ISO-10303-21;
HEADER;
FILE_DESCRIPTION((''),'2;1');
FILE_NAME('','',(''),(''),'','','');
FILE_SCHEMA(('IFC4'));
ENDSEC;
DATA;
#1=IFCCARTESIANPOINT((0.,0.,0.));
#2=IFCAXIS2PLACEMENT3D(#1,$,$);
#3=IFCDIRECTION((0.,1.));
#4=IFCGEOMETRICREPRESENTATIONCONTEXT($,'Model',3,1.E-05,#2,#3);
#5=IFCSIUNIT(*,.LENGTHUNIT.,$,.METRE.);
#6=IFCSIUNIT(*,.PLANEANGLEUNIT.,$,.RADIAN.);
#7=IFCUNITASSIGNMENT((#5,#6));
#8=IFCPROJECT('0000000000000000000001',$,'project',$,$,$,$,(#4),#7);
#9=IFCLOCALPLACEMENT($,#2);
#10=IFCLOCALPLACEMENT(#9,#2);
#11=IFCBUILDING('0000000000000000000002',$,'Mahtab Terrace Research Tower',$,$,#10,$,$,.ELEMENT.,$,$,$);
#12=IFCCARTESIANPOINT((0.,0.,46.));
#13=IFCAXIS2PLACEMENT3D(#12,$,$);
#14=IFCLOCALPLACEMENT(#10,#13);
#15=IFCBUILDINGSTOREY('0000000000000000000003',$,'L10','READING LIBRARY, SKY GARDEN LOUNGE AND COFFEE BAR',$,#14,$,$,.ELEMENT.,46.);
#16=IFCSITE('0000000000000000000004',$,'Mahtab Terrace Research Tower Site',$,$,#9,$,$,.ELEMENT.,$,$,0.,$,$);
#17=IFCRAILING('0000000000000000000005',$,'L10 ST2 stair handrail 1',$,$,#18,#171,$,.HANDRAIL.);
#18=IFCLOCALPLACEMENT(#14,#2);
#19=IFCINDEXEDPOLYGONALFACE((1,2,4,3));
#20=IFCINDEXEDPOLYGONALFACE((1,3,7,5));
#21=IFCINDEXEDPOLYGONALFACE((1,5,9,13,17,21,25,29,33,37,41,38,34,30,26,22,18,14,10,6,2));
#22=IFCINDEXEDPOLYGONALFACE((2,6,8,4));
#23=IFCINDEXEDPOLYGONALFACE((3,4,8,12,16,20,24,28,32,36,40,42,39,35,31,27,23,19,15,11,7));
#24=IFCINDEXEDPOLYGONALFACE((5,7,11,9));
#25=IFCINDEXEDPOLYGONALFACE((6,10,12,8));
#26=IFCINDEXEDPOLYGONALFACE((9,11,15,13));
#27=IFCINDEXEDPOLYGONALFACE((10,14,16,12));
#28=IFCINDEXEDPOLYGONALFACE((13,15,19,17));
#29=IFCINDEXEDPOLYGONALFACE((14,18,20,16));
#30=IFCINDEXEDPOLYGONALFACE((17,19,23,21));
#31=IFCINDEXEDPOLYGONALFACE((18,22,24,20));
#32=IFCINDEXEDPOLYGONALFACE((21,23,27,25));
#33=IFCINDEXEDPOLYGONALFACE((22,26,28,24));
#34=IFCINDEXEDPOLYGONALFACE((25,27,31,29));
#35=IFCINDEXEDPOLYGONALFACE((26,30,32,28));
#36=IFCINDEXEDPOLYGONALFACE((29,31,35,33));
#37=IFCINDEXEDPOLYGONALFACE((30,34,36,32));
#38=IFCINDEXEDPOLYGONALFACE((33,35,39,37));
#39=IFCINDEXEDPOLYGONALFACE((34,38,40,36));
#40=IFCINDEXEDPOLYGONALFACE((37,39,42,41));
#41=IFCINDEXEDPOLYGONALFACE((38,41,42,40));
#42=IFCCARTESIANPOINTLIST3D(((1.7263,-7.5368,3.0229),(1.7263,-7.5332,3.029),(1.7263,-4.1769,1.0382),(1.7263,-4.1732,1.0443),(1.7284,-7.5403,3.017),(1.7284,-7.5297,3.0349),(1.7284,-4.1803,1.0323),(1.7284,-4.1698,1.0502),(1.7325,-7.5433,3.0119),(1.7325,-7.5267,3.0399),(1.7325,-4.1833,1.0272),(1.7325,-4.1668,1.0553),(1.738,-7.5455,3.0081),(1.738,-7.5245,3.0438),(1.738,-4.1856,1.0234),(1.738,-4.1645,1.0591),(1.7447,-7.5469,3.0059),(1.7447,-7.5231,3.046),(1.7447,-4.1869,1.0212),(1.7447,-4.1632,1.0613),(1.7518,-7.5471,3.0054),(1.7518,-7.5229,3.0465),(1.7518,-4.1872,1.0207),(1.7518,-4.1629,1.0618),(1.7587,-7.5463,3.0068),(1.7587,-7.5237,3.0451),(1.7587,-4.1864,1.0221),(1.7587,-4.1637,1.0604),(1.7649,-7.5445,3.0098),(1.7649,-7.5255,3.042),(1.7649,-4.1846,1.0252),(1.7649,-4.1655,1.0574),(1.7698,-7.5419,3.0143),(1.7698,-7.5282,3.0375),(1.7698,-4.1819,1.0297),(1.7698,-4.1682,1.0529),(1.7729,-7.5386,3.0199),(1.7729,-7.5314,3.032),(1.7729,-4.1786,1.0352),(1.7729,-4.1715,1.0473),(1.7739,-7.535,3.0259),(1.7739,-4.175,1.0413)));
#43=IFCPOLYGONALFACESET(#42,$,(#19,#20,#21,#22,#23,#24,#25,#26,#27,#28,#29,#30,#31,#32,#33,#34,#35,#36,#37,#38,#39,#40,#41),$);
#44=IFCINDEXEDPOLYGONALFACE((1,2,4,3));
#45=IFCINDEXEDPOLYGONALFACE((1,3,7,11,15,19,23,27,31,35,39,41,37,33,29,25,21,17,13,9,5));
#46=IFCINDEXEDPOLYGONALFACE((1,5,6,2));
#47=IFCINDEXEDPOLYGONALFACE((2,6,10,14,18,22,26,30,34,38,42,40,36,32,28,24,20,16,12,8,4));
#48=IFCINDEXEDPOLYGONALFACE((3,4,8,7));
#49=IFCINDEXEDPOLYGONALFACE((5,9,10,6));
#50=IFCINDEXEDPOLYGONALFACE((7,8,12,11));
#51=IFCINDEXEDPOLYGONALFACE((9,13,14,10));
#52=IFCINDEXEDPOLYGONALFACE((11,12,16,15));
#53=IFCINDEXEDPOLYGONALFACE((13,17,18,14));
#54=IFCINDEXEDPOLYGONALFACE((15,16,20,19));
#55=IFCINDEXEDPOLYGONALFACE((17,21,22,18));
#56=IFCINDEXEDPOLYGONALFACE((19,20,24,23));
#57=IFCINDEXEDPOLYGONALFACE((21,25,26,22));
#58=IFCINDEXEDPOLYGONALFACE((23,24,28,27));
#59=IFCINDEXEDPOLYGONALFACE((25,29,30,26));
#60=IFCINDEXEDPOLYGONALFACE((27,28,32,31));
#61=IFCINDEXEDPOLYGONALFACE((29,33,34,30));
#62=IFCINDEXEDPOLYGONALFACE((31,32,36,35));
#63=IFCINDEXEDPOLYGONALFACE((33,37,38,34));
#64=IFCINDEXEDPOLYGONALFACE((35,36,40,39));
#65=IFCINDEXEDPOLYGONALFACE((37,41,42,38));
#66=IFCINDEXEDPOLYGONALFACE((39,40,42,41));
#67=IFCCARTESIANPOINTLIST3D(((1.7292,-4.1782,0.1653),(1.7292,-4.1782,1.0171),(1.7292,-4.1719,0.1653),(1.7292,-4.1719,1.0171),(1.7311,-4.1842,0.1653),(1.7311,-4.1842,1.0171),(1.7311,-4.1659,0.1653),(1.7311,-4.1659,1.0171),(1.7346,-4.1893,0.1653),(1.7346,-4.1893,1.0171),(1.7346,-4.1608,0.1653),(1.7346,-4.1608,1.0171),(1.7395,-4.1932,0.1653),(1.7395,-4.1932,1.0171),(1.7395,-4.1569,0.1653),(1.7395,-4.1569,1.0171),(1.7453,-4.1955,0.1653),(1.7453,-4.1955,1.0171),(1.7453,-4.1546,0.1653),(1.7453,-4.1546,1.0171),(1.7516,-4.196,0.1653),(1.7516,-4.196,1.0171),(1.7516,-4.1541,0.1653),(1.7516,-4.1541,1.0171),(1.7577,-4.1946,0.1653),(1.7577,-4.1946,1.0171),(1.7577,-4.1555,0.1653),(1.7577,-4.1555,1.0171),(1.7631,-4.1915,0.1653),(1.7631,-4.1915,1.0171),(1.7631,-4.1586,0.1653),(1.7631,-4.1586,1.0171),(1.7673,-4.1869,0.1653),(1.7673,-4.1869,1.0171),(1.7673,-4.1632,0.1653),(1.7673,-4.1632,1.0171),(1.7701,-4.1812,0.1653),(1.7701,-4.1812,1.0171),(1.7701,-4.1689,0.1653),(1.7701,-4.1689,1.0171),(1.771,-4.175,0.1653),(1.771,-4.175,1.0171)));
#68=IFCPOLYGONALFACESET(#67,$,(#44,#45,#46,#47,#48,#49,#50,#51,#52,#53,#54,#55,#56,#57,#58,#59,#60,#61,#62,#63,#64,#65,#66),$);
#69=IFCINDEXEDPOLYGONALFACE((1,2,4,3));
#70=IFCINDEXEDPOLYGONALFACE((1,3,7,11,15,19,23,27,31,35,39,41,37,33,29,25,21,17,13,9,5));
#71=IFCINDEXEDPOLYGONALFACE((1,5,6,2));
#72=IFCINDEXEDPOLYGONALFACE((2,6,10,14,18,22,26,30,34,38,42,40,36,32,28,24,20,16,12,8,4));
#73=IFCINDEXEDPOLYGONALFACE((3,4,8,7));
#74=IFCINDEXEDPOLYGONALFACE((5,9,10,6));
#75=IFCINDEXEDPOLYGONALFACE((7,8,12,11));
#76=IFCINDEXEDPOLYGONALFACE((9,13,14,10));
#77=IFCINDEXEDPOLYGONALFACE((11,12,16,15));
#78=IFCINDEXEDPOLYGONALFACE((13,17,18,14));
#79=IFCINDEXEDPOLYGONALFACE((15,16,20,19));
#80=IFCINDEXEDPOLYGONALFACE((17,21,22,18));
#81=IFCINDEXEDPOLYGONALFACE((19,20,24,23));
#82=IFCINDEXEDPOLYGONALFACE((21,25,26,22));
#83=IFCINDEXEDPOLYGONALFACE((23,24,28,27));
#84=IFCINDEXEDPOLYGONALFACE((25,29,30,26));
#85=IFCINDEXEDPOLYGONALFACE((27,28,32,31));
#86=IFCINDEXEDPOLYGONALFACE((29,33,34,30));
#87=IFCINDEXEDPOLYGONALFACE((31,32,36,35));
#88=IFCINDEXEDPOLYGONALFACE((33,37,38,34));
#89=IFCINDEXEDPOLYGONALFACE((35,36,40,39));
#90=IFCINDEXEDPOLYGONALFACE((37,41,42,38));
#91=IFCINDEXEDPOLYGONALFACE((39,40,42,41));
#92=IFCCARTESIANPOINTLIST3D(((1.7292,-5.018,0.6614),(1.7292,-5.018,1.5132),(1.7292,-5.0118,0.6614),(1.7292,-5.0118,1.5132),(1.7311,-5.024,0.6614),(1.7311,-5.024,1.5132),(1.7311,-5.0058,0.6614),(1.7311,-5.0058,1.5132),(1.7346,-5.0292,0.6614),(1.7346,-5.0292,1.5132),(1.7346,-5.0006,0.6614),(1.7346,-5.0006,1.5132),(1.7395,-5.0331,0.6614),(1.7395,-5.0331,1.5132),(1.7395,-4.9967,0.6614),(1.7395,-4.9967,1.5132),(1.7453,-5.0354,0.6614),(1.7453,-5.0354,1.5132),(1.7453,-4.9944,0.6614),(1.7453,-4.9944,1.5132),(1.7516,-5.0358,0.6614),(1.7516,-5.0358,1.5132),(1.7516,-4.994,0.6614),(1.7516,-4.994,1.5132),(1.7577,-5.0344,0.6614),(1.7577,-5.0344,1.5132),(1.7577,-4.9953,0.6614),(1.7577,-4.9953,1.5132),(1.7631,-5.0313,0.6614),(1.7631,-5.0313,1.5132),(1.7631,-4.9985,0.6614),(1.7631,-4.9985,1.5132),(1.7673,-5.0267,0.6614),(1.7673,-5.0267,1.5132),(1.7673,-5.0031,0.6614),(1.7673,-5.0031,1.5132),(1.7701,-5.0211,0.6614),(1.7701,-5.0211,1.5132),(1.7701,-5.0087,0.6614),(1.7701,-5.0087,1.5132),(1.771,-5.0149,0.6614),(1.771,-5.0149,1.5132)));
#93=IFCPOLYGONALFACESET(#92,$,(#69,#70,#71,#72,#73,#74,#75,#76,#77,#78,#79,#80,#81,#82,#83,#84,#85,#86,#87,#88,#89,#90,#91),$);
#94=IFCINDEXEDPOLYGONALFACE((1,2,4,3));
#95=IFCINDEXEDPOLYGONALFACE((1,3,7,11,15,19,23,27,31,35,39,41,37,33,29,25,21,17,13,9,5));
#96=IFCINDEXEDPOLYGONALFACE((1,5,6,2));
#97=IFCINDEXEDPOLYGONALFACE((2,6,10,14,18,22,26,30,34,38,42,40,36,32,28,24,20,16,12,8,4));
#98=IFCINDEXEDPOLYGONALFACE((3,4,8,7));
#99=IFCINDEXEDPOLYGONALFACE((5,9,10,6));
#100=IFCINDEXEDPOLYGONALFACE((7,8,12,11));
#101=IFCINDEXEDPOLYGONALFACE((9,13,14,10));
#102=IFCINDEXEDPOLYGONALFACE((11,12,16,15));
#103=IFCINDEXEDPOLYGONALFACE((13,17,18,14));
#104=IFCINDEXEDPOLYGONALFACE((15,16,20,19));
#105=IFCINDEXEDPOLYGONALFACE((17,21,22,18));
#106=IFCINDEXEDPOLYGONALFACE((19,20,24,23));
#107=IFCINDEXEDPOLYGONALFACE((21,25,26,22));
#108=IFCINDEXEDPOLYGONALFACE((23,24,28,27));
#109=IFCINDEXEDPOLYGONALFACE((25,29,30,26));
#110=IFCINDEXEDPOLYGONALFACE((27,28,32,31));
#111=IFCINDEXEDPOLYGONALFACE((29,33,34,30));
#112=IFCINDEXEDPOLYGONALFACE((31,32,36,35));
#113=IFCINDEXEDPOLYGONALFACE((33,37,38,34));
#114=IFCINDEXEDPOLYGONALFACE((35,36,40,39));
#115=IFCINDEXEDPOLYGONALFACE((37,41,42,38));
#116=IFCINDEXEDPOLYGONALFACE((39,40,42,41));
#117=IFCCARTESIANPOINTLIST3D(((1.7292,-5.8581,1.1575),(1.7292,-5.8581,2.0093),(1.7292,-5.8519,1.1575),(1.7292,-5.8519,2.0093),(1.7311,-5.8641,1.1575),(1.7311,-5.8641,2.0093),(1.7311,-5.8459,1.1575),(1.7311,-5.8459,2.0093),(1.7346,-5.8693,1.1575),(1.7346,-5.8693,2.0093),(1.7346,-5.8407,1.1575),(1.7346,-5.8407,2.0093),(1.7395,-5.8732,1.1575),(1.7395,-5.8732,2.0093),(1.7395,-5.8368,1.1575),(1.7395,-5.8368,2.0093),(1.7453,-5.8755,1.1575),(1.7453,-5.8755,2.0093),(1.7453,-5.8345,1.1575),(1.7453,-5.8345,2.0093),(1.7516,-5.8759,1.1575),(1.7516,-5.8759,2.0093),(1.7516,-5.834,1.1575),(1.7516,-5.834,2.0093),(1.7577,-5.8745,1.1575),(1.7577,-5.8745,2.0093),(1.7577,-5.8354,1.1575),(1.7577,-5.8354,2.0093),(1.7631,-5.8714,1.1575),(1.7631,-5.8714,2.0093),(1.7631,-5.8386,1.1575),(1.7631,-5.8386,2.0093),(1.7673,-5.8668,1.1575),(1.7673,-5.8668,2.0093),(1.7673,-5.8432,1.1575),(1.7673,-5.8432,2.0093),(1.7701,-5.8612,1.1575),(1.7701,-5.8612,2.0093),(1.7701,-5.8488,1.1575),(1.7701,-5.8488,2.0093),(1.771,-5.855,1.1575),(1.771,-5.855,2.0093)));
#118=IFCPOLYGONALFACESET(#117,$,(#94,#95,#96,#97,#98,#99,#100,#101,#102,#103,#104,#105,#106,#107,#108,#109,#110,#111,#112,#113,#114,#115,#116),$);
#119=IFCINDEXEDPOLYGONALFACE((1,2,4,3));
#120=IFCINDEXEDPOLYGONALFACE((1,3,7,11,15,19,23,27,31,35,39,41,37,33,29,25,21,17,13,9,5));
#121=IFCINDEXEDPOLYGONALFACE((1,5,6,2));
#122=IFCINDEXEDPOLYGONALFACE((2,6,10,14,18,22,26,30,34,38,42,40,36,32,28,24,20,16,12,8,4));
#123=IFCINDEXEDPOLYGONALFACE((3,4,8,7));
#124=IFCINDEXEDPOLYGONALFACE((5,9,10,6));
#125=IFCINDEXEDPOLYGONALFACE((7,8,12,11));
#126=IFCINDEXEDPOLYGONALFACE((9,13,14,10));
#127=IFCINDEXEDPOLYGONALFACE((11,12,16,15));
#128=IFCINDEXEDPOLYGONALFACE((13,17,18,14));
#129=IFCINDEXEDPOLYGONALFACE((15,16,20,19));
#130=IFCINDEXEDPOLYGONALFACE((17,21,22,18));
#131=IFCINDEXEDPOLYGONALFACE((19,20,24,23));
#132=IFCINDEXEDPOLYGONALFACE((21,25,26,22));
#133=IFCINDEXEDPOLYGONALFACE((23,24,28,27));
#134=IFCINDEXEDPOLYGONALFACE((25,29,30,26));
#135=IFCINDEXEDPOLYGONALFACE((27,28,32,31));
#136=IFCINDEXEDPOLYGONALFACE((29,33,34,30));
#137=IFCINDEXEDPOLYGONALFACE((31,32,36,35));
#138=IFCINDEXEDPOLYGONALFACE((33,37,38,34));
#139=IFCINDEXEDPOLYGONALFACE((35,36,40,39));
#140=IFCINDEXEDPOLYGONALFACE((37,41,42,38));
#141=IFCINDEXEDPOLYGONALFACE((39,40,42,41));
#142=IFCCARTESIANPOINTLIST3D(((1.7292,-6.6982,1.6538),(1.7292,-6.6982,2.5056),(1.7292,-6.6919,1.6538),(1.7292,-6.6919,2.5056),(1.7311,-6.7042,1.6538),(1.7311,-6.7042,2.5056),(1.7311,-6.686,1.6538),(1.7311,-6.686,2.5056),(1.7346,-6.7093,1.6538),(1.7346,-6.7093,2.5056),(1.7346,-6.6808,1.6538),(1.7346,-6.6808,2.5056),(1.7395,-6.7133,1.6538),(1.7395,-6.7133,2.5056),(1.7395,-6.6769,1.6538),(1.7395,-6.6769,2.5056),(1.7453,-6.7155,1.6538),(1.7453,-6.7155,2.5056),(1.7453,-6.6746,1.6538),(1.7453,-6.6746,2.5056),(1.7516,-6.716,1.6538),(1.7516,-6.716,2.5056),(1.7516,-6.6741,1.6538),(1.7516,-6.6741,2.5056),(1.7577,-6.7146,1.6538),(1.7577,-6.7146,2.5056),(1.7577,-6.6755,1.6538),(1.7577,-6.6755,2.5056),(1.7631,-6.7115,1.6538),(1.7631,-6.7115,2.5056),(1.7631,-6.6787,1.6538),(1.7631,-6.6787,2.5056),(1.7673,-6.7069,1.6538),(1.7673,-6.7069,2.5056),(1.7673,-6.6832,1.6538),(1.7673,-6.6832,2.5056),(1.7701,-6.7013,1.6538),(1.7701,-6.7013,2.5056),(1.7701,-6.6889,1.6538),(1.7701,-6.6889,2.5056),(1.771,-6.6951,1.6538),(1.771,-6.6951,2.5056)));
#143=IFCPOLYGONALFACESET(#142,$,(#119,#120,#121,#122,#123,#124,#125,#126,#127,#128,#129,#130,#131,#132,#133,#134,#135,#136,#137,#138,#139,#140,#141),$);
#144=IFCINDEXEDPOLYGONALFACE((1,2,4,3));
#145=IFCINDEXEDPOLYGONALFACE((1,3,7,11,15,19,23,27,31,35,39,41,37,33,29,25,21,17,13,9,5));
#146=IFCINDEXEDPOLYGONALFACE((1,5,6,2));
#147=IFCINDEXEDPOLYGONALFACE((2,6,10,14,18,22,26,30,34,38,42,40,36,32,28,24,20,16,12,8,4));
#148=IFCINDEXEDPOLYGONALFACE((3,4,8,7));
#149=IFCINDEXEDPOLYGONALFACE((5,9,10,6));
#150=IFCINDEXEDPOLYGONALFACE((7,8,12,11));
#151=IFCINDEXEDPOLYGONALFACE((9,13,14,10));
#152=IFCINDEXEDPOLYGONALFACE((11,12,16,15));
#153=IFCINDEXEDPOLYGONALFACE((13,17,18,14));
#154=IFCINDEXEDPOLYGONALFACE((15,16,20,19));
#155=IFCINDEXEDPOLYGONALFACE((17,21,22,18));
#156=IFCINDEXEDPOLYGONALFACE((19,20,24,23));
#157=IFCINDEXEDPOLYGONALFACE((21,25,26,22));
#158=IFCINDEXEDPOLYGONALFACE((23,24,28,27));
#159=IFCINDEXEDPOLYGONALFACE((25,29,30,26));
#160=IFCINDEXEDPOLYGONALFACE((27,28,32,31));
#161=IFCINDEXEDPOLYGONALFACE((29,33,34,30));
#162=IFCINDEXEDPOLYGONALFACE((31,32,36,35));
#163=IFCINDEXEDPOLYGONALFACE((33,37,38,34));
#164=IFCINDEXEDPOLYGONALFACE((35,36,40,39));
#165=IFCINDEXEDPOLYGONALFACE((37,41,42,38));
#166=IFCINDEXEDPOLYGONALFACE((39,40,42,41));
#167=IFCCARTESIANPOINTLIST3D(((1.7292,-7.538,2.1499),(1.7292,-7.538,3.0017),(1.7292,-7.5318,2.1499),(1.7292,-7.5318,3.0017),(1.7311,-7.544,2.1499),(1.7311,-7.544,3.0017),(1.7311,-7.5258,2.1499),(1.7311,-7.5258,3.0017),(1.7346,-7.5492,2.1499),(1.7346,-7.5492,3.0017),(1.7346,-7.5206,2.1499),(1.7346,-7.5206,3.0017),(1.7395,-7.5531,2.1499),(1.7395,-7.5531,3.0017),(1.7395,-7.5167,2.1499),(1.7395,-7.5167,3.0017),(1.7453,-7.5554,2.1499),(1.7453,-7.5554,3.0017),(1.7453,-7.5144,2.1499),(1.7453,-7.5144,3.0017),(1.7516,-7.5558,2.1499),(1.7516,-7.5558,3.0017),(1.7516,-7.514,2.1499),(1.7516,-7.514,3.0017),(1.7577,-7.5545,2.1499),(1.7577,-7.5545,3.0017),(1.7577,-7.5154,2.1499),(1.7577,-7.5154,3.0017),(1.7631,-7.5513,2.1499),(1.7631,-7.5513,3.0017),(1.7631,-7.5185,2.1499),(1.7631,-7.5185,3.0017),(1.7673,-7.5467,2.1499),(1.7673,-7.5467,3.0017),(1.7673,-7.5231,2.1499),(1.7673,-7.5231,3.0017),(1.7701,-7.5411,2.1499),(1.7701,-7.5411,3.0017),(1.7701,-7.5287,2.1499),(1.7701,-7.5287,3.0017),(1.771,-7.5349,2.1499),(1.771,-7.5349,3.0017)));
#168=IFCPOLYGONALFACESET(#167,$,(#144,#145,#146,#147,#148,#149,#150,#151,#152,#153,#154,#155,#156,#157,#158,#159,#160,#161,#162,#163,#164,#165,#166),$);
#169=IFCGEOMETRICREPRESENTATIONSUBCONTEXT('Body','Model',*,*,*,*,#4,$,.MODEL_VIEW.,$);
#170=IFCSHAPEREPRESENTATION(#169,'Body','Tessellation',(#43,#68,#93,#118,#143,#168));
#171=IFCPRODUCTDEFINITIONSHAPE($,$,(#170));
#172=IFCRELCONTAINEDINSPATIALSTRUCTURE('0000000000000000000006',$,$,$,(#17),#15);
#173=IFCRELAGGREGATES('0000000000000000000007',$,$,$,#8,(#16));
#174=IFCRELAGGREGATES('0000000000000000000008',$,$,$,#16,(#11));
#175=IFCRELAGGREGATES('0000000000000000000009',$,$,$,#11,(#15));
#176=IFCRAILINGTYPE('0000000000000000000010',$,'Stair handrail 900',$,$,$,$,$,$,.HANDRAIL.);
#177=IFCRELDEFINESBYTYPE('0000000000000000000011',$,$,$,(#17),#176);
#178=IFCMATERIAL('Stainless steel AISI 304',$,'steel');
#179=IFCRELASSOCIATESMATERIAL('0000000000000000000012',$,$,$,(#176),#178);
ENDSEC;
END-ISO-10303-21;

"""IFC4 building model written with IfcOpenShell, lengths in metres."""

from ifc_helpers import new_model, si_unit, direction, frame, origin, origin_2d, place, context, subcontext, project, spatial, circle, extrude, material, type_object, element, save


model = new_model("IFC4")

# Units and contexts
model_context = context("Model", 3, precision=1e-05, world=origin(), true_north=direction((0.0, 1.0)))
body_context = subcontext(model_context, "Body", "Model", "MODEL_VIEW")
ifc_project = project(units=[si_unit("LENGTHUNIT", "METRE"), si_unit("PLANEANGLEUNIT", "RADIAN")], contexts=[model_context])

# Site, building, storey
site_placement = place(None, origin())
site = spatial("IfcSite", under=ifc_project, at=site_placement, Name="Mahtab Terrace Research Tower Site", CompositionType="ELEMENT", RefElevation=0.0)
building_placement = place(site_placement, origin())
building = spatial("IfcBuilding", under=site, at=building_placement, Name="Mahtab Terrace Research Tower", CompositionType="ELEMENT")
storey_placement = place(building_placement, frame((0.0, 0.0, 46.0)))
storey = spatial("IfcBuildingStorey", under=building, at=storey_placement, Name="L10", Description="READING LIBRARY, SKY GARDEN LOUNGE AND COFFEE BAR", CompositionType="ELEMENT", Elevation=46.0)

# Railing
ifc_material_1 = material(Name="Stainless steel AISI 304", Category="steel")
railing_type_1 = type_object("IfcRailingType", Name="Stair handrail 900", PredefinedType="HANDRAIL", material=ifc_material_1)
railing_1_placement = place(storey_placement, frame((1.75, -4.175, 0.1653)))
element("IfcRailing", 1, at=railing_1_placement, inside=storey, type_object=railing_type_1, Name="L10 ST2 stair handrail 1", PredefinedType="HANDRAIL", context=body_context, shape_type="SweptSolid", body=[
    extrude(circle(Radius=0.0239, at=origin_2d()), frame((0.0, 0.0, 0.876), z_axis=(0.0, -0.861011, 0.508586), x_axis=(1.0, 0.0, 0.0)), (0.0, 0.0, 1.0), 3.9023),
    extrude(circle(Radius=0.021, at=origin_2d()), origin(), (0.0, 0.0, 1.0), 0.8518),
    extrude(circle(Radius=0.021, at=origin_2d()), frame((0.0, -0.8398, 0.4961)), (0.0, 0.0, 1.0), 0.8518),
    extrude(circle(Radius=0.021, at=origin_2d()), frame((0.0, -1.6799, 0.9922)), (0.0, 0.0, 1.0), 0.8518),
    extrude(circle(Radius=0.021, at=origin_2d()), frame((0.0, -2.52, 1.4885)), (0.0, 0.0, 1.0), 0.8518),
    extrude(circle(Radius=0.021, at=origin_2d()), frame((0.0, -3.3599, 1.9846)), (0.0, 0.0, 1.0), 0.8518),
])

save(model, "model.ifc")
